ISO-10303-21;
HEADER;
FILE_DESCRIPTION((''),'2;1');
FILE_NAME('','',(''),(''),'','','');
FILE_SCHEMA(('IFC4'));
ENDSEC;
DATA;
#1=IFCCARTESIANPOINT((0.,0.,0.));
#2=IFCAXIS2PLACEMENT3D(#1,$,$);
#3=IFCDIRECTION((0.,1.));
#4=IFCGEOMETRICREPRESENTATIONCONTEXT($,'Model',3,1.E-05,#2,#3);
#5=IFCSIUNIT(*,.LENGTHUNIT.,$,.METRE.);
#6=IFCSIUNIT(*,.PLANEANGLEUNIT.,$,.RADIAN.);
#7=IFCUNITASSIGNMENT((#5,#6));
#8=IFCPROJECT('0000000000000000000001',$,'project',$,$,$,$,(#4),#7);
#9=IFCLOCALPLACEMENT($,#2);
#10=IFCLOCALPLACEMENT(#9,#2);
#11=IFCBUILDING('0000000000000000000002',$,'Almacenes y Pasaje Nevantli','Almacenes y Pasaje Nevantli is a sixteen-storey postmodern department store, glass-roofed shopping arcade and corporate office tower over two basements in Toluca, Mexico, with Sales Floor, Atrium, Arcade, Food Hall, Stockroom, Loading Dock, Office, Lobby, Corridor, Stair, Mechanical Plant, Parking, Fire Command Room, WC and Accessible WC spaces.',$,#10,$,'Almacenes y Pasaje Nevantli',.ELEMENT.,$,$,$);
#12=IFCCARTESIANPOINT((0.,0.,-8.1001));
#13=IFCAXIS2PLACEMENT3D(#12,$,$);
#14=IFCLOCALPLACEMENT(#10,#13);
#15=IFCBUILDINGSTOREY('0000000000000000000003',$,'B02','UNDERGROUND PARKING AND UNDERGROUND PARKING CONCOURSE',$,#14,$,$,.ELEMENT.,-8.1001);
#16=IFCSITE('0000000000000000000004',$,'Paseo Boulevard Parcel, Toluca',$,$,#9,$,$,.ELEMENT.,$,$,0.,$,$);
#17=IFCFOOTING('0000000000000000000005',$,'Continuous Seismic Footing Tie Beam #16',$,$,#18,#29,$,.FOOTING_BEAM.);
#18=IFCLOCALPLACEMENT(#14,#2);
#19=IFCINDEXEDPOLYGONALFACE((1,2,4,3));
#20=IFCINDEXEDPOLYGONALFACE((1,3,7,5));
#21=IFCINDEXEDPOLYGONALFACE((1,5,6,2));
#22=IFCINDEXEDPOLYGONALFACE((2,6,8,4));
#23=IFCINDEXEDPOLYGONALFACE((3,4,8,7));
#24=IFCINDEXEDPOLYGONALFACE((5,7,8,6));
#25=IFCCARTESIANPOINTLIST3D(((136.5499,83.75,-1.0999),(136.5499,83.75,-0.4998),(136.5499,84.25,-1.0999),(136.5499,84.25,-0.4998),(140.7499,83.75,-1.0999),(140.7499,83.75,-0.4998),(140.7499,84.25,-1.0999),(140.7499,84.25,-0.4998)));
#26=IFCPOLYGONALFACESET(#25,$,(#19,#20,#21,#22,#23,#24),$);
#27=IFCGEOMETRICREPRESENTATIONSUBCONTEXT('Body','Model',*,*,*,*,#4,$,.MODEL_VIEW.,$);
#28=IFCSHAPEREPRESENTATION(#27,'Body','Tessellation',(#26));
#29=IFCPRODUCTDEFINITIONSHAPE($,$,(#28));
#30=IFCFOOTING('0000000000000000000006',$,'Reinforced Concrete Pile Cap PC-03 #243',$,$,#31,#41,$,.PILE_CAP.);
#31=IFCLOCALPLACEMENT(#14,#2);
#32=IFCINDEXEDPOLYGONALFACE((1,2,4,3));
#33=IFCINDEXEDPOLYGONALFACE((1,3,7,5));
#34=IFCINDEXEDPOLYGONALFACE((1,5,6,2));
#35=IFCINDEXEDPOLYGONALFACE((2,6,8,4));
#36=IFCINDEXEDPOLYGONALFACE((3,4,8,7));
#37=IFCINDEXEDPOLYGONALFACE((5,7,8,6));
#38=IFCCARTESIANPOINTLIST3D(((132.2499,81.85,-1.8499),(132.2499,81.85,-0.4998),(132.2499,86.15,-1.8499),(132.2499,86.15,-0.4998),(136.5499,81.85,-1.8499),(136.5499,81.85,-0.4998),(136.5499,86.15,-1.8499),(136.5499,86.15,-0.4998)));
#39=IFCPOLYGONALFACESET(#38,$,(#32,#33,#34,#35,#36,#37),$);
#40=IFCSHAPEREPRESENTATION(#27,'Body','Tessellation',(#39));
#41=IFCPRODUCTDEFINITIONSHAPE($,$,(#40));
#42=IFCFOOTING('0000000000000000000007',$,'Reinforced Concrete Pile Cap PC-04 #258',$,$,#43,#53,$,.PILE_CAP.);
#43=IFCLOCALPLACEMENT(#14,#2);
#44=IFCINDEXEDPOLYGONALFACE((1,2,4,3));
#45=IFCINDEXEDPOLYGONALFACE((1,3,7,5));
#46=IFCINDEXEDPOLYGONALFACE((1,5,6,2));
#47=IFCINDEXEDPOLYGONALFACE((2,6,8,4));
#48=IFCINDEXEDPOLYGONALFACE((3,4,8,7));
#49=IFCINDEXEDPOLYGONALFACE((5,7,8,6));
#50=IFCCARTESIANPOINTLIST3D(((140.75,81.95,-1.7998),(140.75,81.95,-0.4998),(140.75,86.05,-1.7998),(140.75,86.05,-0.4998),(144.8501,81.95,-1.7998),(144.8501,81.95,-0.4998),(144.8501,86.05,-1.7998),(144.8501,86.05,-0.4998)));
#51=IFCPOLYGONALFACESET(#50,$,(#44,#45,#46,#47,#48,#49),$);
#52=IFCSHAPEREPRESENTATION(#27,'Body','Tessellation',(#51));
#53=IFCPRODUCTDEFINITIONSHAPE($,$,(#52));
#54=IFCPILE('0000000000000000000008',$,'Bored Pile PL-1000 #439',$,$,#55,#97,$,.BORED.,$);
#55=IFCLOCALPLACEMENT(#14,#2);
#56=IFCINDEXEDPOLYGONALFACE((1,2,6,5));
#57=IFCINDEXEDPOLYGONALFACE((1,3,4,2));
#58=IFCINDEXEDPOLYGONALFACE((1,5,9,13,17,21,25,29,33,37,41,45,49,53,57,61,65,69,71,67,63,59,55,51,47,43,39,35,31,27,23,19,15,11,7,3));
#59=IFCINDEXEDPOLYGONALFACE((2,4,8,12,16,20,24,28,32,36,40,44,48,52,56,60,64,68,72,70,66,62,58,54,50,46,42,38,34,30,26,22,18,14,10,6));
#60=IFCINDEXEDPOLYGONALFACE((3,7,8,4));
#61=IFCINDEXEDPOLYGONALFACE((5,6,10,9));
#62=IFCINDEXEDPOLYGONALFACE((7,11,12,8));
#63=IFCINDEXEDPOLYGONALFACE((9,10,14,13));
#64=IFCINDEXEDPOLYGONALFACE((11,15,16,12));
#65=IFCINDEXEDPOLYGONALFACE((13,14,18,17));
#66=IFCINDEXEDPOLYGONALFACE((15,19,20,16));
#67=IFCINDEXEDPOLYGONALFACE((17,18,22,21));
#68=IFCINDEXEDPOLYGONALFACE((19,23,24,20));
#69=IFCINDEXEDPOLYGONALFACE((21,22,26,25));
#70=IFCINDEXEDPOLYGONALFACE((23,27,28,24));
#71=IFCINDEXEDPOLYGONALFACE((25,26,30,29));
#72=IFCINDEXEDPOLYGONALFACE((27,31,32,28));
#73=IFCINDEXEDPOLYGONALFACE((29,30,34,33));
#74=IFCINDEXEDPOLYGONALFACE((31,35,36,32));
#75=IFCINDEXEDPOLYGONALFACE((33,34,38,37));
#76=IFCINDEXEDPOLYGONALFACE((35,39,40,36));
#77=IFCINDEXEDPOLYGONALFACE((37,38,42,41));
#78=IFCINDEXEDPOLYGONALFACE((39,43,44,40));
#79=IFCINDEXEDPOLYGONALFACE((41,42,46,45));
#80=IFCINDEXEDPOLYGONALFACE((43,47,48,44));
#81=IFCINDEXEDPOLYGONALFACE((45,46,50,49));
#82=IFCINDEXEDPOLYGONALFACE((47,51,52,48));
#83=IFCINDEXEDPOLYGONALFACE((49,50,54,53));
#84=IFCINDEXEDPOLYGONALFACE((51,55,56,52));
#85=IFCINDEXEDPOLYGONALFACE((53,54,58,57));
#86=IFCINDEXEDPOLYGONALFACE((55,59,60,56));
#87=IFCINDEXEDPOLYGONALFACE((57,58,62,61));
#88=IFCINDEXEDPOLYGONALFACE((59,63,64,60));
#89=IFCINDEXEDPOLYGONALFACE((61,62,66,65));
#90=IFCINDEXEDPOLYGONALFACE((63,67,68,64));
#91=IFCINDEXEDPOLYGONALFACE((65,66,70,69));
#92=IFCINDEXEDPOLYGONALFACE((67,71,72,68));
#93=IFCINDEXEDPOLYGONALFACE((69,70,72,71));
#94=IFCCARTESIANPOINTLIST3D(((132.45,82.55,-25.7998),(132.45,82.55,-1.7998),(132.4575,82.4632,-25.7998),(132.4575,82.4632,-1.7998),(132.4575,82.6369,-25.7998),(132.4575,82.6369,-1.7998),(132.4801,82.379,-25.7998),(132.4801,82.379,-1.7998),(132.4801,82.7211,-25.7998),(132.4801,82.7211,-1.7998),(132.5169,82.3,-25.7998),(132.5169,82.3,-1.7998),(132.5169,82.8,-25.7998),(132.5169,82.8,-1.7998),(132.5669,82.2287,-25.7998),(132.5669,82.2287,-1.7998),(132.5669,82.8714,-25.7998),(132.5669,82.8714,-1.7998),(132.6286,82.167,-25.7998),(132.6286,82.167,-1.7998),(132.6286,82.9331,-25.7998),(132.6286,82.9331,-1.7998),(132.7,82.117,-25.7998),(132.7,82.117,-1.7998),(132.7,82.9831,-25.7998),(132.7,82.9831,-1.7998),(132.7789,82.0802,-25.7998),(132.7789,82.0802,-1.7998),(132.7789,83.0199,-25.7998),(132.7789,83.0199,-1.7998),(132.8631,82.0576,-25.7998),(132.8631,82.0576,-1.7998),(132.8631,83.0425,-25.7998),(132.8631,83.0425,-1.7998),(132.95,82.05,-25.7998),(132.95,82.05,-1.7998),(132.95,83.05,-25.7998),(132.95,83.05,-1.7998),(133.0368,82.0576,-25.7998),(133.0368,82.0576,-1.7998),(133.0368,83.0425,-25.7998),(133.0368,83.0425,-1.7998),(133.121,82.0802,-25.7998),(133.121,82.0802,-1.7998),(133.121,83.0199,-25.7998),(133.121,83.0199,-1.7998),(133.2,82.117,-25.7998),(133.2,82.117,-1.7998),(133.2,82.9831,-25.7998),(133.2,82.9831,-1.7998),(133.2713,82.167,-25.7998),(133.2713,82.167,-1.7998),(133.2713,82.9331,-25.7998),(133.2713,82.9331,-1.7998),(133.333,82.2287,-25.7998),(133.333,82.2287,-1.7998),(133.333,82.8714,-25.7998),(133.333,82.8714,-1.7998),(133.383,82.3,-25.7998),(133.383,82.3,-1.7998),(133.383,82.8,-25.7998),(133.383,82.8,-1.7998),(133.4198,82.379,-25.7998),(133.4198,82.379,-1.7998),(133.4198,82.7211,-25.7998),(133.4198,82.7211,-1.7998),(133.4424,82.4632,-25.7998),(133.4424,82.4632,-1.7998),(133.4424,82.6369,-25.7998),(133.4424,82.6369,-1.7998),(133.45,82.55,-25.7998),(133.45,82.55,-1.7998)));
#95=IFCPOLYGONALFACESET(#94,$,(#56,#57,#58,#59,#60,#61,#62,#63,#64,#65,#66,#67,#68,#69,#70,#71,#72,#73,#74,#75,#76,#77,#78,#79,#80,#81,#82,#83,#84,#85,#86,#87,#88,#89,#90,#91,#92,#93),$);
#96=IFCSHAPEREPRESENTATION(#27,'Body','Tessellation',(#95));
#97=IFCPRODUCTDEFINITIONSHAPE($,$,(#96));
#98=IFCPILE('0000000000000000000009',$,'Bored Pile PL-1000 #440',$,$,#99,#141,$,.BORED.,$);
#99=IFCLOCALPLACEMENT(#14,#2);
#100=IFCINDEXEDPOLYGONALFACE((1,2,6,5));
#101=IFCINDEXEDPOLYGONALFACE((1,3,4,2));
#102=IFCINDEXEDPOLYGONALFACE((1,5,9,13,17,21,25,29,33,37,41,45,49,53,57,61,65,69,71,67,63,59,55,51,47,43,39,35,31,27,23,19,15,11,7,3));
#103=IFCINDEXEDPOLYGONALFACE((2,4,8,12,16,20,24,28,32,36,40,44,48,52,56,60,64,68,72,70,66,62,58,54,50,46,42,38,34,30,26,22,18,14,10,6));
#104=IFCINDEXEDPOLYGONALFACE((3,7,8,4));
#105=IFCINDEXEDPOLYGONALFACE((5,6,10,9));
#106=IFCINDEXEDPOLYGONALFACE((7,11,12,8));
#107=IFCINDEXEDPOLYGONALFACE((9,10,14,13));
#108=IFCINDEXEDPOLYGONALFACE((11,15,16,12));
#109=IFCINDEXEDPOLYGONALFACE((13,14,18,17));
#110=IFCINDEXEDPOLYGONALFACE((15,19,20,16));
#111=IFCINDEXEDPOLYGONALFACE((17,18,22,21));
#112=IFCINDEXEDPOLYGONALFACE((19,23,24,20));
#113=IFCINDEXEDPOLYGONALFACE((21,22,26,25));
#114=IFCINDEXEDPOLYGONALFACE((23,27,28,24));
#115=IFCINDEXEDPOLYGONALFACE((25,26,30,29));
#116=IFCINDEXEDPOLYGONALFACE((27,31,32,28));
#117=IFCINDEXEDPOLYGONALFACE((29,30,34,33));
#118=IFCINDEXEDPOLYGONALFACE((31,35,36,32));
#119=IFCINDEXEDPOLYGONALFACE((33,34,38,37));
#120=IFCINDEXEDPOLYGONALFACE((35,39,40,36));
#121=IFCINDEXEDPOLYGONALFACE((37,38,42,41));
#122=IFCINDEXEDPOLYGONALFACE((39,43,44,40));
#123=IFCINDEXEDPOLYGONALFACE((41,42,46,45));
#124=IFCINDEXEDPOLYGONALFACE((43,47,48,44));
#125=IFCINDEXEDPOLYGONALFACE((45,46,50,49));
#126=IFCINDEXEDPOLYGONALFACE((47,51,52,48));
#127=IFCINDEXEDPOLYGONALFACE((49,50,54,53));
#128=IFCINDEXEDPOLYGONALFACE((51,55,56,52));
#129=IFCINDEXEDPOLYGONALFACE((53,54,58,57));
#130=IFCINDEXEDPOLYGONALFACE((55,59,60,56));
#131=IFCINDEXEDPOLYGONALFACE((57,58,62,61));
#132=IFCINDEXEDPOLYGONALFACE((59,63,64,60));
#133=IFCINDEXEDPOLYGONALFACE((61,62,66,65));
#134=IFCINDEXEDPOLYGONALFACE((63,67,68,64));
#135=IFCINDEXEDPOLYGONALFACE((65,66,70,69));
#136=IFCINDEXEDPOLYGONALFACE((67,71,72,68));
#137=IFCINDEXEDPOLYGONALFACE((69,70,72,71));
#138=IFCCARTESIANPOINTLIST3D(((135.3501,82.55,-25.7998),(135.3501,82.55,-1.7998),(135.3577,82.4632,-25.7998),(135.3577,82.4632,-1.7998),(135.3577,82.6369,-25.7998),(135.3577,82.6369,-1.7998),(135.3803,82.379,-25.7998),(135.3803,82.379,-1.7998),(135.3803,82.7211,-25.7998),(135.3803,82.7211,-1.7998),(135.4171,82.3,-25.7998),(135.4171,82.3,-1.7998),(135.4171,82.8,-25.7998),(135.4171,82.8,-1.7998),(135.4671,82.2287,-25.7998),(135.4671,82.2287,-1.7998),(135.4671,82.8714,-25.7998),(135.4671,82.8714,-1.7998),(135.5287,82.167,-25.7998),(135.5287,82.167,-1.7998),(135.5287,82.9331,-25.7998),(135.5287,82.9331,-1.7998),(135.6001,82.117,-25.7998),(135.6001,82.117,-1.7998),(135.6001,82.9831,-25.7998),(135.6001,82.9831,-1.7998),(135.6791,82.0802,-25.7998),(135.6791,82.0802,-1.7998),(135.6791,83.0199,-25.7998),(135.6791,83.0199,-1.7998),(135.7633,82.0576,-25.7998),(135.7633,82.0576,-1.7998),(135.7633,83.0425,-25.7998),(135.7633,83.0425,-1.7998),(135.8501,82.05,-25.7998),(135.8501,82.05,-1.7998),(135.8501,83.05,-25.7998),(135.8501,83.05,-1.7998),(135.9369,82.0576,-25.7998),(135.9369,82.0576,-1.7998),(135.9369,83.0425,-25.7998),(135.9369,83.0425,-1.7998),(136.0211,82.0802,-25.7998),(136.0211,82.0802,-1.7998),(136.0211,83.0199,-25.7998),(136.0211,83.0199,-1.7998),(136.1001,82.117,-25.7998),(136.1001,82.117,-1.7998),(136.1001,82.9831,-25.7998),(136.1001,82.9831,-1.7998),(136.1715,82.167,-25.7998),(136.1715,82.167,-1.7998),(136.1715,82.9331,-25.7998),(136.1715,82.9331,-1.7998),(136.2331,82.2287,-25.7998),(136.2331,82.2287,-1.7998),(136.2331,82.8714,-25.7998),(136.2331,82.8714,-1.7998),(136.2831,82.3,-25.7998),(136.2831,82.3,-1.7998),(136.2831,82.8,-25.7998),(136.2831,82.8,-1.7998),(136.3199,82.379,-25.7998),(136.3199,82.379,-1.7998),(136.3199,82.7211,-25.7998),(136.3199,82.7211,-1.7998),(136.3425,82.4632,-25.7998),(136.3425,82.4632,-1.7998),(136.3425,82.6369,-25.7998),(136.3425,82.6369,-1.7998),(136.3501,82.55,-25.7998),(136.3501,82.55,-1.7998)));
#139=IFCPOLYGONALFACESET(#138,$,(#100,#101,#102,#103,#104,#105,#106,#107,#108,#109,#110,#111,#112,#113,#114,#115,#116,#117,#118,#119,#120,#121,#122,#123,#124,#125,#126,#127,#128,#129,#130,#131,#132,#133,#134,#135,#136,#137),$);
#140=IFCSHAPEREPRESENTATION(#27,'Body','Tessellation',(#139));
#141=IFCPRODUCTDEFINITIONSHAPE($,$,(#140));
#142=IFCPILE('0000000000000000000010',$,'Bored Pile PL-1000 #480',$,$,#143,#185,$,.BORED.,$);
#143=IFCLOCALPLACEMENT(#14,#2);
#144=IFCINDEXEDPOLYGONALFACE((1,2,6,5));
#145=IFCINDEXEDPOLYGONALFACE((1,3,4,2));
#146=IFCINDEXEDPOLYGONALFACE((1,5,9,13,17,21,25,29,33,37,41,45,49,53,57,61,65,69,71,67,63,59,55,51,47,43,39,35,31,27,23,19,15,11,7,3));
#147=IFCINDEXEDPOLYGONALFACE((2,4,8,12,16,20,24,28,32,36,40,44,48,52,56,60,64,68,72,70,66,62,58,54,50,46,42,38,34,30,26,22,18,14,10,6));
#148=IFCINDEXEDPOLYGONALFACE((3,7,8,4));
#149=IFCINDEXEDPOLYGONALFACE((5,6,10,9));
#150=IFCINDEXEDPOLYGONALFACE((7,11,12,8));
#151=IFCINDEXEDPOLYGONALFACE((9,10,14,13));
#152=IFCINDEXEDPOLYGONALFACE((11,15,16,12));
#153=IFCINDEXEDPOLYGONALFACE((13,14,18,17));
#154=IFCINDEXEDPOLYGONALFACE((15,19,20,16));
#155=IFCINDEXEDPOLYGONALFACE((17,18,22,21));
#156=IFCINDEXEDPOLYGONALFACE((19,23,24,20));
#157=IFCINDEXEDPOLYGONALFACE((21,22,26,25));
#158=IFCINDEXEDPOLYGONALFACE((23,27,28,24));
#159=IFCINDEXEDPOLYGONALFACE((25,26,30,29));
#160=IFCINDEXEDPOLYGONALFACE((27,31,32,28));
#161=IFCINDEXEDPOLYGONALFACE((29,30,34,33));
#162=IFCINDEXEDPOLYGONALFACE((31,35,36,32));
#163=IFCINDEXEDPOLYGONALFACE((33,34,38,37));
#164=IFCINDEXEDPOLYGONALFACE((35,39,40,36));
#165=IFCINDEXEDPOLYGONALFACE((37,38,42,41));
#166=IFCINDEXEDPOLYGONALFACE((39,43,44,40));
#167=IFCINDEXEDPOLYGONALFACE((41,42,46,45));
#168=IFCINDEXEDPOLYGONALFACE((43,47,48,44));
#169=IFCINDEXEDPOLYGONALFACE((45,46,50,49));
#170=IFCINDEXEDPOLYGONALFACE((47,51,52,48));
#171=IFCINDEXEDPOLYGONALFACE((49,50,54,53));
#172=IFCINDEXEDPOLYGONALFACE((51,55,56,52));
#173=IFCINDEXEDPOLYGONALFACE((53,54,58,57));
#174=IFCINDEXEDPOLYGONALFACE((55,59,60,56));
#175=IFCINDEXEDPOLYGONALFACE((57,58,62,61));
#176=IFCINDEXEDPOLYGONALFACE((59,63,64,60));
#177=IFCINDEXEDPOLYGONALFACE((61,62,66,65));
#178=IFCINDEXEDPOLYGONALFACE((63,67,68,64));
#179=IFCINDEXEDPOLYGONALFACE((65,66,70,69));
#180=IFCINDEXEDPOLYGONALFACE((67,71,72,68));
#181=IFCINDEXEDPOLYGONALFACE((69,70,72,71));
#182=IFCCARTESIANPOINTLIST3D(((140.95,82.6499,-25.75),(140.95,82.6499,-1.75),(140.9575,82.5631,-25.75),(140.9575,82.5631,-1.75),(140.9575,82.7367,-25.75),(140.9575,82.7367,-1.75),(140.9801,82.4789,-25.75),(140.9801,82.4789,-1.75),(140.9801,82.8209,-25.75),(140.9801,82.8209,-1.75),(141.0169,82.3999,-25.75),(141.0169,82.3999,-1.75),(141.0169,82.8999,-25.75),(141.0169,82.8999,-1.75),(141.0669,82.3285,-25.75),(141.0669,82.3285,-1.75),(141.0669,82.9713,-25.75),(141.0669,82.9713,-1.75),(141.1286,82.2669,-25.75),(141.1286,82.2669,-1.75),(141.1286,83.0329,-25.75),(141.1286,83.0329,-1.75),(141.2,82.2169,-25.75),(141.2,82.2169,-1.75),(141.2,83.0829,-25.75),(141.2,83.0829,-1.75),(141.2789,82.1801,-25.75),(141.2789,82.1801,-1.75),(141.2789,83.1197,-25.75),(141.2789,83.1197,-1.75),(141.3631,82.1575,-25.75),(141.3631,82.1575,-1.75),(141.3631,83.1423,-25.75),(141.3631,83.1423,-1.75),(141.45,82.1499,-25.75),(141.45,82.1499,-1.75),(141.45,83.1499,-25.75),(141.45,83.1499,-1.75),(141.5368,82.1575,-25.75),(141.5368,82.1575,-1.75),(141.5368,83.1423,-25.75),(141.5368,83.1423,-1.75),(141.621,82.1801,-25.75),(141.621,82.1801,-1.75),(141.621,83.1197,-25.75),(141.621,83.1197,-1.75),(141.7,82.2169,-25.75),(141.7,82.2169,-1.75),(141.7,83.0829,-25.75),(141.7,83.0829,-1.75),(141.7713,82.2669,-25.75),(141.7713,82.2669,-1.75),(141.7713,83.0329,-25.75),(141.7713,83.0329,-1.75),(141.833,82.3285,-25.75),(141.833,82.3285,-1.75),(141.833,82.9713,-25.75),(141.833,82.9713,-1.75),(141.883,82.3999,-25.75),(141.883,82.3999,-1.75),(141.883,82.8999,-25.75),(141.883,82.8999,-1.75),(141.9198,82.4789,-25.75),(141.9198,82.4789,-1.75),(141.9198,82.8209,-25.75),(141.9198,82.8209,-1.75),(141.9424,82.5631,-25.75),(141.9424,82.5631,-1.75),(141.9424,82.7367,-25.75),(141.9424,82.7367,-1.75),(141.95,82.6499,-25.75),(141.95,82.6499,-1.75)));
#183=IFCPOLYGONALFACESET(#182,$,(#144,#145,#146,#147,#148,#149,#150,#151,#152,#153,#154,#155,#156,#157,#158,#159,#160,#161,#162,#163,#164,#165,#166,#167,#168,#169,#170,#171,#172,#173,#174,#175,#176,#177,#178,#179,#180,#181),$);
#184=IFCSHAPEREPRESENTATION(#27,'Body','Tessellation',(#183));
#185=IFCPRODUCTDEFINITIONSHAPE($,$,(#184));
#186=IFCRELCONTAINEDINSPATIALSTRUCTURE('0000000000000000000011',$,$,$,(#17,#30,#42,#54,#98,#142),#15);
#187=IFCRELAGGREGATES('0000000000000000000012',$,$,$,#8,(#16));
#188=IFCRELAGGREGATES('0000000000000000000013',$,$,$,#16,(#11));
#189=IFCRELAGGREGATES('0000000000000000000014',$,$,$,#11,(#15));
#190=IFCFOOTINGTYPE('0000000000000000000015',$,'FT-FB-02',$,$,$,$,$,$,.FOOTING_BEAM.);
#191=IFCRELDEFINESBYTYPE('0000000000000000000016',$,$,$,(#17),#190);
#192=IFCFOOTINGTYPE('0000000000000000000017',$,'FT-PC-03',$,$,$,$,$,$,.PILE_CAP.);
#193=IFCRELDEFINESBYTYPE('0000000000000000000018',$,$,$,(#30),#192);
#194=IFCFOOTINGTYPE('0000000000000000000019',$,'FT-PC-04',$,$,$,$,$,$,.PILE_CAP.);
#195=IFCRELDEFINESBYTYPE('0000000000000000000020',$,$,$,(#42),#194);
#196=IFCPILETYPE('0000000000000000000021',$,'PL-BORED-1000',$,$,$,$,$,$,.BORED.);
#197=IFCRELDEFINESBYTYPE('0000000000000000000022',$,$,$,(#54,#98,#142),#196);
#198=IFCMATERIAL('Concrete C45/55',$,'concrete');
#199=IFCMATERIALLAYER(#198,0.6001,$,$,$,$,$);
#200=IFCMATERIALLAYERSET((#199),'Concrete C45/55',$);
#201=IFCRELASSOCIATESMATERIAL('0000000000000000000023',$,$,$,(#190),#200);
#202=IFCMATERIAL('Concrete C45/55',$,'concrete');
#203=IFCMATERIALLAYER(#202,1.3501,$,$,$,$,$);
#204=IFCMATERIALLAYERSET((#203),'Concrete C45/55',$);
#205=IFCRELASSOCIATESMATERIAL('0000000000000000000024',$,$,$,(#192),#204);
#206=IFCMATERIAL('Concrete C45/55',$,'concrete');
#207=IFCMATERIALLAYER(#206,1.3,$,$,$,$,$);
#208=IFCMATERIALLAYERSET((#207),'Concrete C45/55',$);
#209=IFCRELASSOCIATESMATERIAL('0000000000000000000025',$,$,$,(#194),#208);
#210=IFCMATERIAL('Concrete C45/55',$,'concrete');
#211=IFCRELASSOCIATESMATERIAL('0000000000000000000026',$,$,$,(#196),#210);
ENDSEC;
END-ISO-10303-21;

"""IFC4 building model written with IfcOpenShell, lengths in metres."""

from ifc_helpers import new_model, si_unit, direction, frame, origin, origin_2d, place, context, subcontext, project, spatial, rectangle, circle, extrude, material, layer, layer_set, material_profile, profile_set, type_object, element, save


model = new_model("IFC4")

# Units and contexts
model_context = context("Model", 3, precision=1e-05, world=origin(), true_north=direction((0.0, 1.0)))
body_context = subcontext(model_context, "Body", "Model", "MODEL_VIEW")
ifc_project = project(units=[si_unit("LENGTHUNIT", "METRE"), si_unit("PLANEANGLEUNIT", "RADIAN")], contexts=[model_context])

# Site, building, storey
site_placement = place(None, origin())
site = spatial("IfcSite", under=ifc_project, at=site_placement, Name="Paseo Boulevard Parcel, Toluca", CompositionType="ELEMENT", RefElevation=0.0)
building_placement = place(site_placement, origin())
building = spatial("IfcBuilding", under=site, at=building_placement, Name="Almacenes y Pasaje Nevantli", Description="Almacenes y Pasaje Nevantli is a sixteen-storey postmodern department store, glass-roofed shopping arcade and corporate office tower over two basements in Toluca, Mexico, with Sales Floor, Atrium, Arcade, Food Hall, Stockroom, Loading Dock, Office, Lobby, Corridor, Stair, Mechanical Plant, Parking, Fire Command Room, WC and Accessible WC spaces.", LongName="Almacenes y Pasaje Nevantli", CompositionType="ELEMENT")
storey_placement = place(building_placement, frame((0.0, 0.0, -8.1001)))
storey = spatial("IfcBuildingStorey", under=building, at=storey_placement, Name="B02", Description="UNDERGROUND PARKING AND UNDERGROUND PARKING CONCOURSE", CompositionType="ELEMENT", Elevation=-8.1001)

# Footings
ifc_material_1 = material(Name="Concrete C45/55", Category="concrete")
ifc_layer_1 = layer(ifc_material_1, 0.6001)
ifc_layer_set_1 = layer_set([ifc_layer_1], Name="Concrete C45/55")
footing_type_1 = type_object("IfcFootingType", Name="FT-FB-02", PredefinedType="FOOTING_BEAM", material=ifc_layer_set_1)
footing_1_placement = place(storey_placement, frame((138.6499, 84.0, -1.0999), z_axis=(0.0, 0.0, 1.0), x_axis=(1.0, 0.0, 0.0)))
element("IfcFooting", 1, at=footing_1_placement, inside=storey, type_object=footing_type_1, Name="Continuous Seismic Footing Tie Beam #16", PredefinedType="FOOTING_BEAM", context=body_context, shape_type="SweptSolid", body=[
    extrude(rectangle(XDim=4.2, YDim=0.5, at=origin_2d()), origin(), (0.0, 0.0, 1.0), 0.6001),
])
ifc_material_2 = material(Name="Concrete C45/55", Category="concrete")
ifc_layer_2 = layer(ifc_material_2, 1.3501)
ifc_layer_set_2 = layer_set([ifc_layer_2], Name="Concrete C45/55")
footing_type_2 = type_object("IfcFootingType", Name="FT-PC-03", PredefinedType="PILE_CAP", material=ifc_layer_set_2)
footing_2_placement = place(storey_placement, frame((134.3999, 84.0, -1.8499), z_axis=(0.0, 0.0, 1.0), x_axis=(1.0, 0.0, 0.0)))
element("IfcFooting", 2, at=footing_2_placement, inside=storey, type_object=footing_type_2, Name="Reinforced Concrete Pile Cap PC-03 #243", PredefinedType="PILE_CAP", context=body_context, shape_type="SweptSolid", body=[
    extrude(rectangle(XDim=4.3, YDim=4.3, at=origin_2d()), origin(), (0.0, 0.0, 1.0), 1.3501),
])
ifc_material_3 = material(Name="Concrete C45/55", Category="concrete")
ifc_layer_3 = layer(ifc_material_3, 1.3)
ifc_layer_set_3 = layer_set([ifc_layer_3], Name="Concrete C45/55")
footing_type_3 = type_object("IfcFootingType", Name="FT-PC-04", PredefinedType="PILE_CAP", material=ifc_layer_set_3)
footing_3_placement = place(storey_placement, frame((142.8, 84.0, -1.7998), z_axis=(0.0, 0.0, 1.0), x_axis=(1.0, 0.0, 0.0)))
element("IfcFooting", 3, at=footing_3_placement, inside=storey, type_object=footing_type_3, Name="Reinforced Concrete Pile Cap PC-04 #258", PredefinedType="PILE_CAP", context=body_context, shape_type="SweptSolid", body=[
    extrude(rectangle(XDim=4.1001, YDim=4.1001, at=origin_2d()), origin(), (0.0, 0.0, 1.0), 1.3),
])

# Piles
ifc_material_4 = material(Name="Concrete C45/55", Category="concrete")
ifc_material_profile_1 = material_profile(ifc_material_4, circle(Radius=0.5, at=origin_2d()), Name="RC-PILE-D1000")
ifc_profile_set_1 = profile_set([ifc_material_profile_1], Name="Concrete C45/55")
pile_type = type_object("IfcPileType", Name="PL-BORED-1000", PredefinedType="BORED", material=ifc_profile_set_1)
for number, where, z_axis, x_axis, name in (
    (4, (132.95, 82.55, -1.7998), (0.0, 0.0, -1.0), (1.0, 0.0, 0.0), "Bored Pile PL-1000 #439"),
    (5, (135.8501, 82.55, -1.7998), (0.0, 0.0, -1.0), (1.0, 0.0, 0.0), "Bored Pile PL-1000 #440"),
    (6, (141.45, 82.6499, -1.75), (0.0, 0.0, -1.0), (1.0, 0.0, 0.0), "Bored Pile PL-1000 #480"),
):
    element("IfcPile", number, at=place(storey_placement, frame(where, z_axis=z_axis, x_axis=x_axis)), inside=storey, type_object=pile_type, Name=name, PredefinedType="BORED", context=body_context, shape_type="SweptSolid", body=[
        extrude(circle(Radius=0.5, at=origin_2d()), origin(), (0.0, 0.0, 1.0), 24.0),
    ])

save(model, "model.ifc")
